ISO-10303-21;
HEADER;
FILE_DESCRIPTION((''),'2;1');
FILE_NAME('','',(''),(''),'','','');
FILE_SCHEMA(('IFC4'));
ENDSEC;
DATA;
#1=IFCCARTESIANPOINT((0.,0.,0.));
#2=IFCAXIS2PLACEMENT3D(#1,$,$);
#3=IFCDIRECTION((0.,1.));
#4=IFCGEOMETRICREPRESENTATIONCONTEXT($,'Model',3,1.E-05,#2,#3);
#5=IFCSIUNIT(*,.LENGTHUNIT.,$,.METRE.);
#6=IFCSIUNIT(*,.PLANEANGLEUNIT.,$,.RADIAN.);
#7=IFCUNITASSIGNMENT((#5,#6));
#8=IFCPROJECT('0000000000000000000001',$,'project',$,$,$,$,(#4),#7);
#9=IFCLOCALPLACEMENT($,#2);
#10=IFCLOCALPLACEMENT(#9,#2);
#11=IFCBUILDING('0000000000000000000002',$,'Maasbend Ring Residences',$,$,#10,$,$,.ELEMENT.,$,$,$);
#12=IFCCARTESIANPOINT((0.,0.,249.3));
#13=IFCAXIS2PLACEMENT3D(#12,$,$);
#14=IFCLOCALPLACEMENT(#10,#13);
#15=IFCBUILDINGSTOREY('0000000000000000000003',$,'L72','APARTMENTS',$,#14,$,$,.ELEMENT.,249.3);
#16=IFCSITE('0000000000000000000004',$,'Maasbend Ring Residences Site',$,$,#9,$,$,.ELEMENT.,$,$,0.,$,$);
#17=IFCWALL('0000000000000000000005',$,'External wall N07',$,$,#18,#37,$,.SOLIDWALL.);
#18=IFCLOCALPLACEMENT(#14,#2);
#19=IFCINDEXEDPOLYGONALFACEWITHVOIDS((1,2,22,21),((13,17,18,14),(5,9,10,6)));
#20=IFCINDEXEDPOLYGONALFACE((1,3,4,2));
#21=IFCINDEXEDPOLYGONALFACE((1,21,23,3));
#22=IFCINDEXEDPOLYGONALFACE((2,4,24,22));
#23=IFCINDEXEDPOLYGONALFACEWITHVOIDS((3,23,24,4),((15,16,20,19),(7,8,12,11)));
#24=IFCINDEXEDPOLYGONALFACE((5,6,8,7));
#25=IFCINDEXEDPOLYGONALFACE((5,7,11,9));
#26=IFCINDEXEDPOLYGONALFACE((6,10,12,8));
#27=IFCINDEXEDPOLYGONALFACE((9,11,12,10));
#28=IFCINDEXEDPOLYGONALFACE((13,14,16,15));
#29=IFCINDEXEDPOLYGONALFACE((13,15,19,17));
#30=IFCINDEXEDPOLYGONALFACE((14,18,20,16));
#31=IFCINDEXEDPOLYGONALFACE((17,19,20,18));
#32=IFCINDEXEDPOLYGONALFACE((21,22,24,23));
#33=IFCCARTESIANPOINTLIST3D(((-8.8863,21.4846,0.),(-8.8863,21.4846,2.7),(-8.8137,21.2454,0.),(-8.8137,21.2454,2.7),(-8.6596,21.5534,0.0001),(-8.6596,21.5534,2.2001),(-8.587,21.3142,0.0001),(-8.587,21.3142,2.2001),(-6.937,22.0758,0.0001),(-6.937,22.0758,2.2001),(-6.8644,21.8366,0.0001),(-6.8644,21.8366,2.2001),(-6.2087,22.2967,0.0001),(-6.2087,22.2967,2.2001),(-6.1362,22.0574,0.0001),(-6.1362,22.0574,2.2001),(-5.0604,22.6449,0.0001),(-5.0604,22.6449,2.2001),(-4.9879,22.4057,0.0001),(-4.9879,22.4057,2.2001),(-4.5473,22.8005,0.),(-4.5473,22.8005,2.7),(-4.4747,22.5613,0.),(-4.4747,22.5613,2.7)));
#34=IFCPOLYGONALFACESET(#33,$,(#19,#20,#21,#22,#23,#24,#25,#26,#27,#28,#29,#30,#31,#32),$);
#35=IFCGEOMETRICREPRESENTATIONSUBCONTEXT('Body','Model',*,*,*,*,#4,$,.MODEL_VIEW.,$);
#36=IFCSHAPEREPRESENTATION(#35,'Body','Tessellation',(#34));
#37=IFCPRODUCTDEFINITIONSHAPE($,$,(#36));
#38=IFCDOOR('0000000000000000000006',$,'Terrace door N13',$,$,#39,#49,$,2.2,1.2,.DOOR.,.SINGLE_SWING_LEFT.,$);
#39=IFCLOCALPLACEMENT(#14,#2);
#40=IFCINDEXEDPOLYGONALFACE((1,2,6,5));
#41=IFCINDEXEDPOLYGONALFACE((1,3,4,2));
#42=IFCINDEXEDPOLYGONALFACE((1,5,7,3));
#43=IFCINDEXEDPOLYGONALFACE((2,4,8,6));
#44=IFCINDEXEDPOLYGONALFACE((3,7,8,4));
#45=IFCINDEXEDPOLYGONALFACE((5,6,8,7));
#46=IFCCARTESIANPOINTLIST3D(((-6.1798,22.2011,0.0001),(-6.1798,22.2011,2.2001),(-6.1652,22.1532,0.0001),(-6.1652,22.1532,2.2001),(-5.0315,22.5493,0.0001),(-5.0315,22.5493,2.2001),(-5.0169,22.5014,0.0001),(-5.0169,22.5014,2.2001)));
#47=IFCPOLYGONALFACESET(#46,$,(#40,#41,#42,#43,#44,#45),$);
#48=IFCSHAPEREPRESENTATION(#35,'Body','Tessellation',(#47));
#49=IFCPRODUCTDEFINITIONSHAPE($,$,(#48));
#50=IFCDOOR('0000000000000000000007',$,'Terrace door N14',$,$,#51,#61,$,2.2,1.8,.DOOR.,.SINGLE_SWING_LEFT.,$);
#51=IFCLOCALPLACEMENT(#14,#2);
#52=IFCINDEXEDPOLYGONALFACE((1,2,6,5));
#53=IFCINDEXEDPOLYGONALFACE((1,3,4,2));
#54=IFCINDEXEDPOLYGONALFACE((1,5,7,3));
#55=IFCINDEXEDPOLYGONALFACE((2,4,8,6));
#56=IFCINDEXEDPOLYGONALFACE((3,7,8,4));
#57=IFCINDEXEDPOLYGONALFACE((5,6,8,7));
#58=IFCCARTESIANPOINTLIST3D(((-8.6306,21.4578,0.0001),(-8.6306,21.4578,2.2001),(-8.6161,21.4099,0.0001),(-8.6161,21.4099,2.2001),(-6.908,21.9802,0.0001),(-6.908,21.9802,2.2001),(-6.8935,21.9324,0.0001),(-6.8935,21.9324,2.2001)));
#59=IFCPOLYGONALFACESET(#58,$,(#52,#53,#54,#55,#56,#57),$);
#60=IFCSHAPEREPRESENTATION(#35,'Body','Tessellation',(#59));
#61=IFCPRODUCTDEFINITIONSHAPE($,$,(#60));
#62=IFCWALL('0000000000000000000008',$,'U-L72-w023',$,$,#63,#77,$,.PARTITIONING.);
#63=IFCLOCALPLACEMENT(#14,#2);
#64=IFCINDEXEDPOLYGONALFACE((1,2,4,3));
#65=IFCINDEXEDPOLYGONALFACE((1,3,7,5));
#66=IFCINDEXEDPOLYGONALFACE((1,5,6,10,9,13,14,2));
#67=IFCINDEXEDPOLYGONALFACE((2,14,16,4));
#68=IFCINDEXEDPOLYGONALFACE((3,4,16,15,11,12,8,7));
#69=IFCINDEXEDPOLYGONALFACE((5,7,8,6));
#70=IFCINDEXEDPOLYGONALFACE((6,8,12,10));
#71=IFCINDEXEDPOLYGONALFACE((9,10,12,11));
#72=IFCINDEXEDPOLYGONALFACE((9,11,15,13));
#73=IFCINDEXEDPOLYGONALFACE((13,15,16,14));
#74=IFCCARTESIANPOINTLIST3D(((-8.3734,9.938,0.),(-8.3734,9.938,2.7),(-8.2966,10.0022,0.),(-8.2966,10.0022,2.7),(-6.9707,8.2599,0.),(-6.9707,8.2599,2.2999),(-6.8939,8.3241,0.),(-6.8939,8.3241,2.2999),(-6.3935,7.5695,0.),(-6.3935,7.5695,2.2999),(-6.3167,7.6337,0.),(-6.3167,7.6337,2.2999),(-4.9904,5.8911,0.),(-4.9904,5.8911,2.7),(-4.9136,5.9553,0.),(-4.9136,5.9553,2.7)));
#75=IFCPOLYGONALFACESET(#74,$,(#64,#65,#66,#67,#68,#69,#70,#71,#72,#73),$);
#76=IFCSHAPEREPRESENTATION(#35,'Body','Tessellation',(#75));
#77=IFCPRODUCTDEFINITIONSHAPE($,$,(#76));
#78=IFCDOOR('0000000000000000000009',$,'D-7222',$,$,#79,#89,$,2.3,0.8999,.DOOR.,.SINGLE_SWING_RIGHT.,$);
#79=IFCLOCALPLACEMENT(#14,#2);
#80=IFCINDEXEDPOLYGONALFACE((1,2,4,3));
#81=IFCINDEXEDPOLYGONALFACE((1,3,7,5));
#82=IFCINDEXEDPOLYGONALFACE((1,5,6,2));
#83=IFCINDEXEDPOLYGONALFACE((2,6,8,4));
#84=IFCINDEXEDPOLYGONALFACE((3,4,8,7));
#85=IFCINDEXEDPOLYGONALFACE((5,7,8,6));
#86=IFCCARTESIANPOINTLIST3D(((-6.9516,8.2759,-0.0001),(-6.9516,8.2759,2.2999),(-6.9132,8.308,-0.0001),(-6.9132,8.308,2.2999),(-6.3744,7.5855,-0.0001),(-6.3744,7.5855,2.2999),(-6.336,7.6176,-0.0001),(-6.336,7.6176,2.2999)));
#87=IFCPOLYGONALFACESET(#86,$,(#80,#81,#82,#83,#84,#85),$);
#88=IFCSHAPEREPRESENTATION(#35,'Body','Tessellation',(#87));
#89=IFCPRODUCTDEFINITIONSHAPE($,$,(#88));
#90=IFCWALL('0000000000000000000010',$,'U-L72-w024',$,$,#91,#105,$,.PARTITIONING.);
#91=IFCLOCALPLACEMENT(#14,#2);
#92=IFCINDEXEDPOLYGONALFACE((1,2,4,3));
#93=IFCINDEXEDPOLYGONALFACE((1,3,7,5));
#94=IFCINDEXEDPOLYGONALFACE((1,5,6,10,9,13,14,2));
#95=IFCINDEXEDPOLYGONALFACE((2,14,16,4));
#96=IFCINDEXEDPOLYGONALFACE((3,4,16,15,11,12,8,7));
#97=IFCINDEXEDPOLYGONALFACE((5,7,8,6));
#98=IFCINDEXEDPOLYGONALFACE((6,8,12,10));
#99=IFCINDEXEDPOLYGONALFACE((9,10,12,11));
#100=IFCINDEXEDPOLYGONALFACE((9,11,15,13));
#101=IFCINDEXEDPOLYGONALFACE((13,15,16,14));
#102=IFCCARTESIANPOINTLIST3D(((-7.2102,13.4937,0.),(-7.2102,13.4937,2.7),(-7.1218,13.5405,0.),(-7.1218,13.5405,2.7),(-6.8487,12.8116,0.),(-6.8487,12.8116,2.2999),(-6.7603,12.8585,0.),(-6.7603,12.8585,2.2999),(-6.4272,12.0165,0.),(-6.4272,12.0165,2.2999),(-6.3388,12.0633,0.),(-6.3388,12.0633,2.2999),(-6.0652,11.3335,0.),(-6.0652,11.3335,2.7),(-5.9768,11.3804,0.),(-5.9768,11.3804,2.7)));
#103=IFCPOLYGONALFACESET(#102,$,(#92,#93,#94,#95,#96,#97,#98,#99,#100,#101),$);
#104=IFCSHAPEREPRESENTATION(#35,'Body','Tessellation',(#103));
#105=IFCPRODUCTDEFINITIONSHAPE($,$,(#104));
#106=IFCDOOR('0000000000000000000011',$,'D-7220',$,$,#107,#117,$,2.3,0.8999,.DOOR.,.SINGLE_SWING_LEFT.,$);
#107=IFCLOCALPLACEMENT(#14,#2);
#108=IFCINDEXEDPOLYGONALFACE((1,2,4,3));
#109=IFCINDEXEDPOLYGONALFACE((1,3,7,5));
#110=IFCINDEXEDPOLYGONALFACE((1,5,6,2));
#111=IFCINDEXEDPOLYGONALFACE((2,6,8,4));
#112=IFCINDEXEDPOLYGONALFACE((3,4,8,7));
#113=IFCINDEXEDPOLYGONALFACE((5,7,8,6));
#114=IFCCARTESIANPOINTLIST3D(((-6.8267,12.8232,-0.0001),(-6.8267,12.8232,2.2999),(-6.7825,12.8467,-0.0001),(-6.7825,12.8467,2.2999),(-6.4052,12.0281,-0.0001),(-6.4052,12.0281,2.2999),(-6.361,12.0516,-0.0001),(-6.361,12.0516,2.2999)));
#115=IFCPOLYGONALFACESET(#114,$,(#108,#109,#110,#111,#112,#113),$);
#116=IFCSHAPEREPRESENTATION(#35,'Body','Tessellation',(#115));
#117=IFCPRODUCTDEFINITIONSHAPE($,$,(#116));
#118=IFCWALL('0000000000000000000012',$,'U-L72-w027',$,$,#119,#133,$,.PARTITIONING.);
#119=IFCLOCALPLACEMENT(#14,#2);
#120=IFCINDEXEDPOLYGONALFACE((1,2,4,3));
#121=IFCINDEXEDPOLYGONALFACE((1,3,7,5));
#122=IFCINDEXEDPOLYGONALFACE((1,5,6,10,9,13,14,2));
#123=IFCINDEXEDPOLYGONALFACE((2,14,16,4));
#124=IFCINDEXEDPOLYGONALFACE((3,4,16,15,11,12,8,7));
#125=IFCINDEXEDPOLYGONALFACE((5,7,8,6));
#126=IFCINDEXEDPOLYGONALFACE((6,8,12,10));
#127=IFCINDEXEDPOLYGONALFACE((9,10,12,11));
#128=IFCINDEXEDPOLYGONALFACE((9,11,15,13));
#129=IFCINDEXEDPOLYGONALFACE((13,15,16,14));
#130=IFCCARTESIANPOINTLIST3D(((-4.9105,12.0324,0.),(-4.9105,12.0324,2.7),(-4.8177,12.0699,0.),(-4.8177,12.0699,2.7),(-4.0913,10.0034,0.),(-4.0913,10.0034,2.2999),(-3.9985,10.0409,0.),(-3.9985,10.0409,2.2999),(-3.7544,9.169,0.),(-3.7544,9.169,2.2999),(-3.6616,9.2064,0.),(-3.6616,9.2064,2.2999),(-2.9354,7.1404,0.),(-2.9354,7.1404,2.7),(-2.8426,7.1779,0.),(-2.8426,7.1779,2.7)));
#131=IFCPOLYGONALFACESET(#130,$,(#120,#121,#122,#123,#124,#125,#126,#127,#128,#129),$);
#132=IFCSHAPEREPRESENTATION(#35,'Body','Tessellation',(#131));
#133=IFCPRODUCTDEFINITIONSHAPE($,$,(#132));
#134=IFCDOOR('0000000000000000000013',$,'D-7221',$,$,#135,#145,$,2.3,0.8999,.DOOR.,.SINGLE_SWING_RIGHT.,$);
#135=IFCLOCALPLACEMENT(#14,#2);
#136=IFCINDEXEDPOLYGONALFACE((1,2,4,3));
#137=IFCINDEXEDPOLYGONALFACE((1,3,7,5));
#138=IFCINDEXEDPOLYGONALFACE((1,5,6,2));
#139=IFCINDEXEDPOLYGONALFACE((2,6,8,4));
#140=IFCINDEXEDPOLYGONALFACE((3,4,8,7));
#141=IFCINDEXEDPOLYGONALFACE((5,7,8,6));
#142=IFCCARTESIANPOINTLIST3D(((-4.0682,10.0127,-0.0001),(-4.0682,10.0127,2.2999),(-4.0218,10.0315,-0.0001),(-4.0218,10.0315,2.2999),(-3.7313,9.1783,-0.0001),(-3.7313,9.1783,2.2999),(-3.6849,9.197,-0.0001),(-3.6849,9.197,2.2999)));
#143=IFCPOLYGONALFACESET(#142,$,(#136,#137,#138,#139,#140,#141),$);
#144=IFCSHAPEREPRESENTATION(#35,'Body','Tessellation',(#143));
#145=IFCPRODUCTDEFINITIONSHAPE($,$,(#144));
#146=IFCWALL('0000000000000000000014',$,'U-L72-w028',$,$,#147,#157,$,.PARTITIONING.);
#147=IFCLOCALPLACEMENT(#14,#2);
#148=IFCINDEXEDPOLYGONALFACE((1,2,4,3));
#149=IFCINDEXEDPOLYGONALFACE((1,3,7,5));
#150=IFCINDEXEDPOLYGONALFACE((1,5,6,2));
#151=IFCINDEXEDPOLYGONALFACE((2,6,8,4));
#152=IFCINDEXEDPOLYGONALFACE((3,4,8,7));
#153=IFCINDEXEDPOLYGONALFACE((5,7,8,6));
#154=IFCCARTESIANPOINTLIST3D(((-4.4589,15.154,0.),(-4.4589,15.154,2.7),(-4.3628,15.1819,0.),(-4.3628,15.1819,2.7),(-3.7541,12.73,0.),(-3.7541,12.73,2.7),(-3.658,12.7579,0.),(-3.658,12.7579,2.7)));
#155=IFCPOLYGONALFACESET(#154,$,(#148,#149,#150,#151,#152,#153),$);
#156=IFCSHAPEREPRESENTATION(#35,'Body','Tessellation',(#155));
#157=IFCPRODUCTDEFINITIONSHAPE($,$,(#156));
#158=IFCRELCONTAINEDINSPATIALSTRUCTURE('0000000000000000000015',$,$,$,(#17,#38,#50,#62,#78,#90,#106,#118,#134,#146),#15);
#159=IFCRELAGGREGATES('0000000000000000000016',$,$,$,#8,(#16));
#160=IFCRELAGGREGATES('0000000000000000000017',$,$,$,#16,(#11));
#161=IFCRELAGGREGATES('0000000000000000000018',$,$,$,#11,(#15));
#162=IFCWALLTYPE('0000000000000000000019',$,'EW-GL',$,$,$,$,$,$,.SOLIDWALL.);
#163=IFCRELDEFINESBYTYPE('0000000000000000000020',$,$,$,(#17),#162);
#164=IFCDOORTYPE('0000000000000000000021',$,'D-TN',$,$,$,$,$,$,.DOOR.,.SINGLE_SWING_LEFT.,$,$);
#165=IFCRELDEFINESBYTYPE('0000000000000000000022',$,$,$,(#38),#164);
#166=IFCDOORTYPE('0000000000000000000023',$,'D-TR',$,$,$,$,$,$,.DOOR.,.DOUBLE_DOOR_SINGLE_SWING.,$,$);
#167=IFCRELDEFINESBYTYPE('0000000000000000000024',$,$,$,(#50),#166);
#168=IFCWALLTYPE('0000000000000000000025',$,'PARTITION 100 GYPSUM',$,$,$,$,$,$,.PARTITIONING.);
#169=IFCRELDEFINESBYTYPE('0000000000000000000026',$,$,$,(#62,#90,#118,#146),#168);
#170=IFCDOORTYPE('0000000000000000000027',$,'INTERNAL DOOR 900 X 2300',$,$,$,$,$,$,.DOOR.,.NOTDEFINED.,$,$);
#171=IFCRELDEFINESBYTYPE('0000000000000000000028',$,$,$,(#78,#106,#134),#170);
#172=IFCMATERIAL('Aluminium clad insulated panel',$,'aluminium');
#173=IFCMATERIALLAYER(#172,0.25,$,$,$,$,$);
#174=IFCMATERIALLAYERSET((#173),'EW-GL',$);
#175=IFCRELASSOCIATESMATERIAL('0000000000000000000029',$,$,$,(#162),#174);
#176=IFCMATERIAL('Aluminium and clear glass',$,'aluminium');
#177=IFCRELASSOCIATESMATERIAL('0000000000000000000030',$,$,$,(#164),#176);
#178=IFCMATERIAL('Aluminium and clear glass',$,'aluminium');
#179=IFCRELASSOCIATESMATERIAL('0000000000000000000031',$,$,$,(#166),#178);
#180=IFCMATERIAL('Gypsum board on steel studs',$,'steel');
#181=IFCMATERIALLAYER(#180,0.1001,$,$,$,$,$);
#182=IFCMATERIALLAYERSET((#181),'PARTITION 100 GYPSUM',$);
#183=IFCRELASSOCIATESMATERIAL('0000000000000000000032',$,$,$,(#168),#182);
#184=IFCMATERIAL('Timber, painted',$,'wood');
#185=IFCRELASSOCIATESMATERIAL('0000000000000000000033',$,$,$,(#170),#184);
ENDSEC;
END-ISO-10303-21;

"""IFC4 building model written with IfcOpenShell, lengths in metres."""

from ifc_helpers import new_model, si_unit, direction, frame, frame_2d, origin, place, context, subcontext, project, spatial, rectangle, extrude, material, layer, layer_set, type_object, element, fill, save


model = new_model("IFC4")

# Units and contexts
model_context = context("Model", 3, precision=1e-05, world=origin(), true_north=direction((0.0, 1.0)))
body_context = subcontext(model_context, "Body", "Model", "MODEL_VIEW")
ifc_project = project(units=[si_unit("LENGTHUNIT", "METRE"), si_unit("PLANEANGLEUNIT", "RADIAN")], contexts=[model_context])

# Site, building, storey
site_placement = place(None, origin())
site = spatial("IfcSite", under=ifc_project, at=site_placement, Name="Maasbend Ring Residences Site", CompositionType="ELEMENT", RefElevation=0.0)
building_placement = place(site_placement, origin())
building = spatial("IfcBuilding", under=site, at=building_placement, Name="Maasbend Ring Residences", CompositionType="ELEMENT")
storey_placement = place(building_placement, frame((0.0, 0.0, 249.3)))
storey = spatial("IfcBuildingStorey", under=building, at=storey_placement, Name="L72", Description="APARTMENTS", CompositionType="ELEMENT", Elevation=249.3)

# Wall, openings, doors
ifc_material_1 = material(Name="Aluminium clad insulated panel", Category="aluminium")
ifc_layer_1 = layer(ifc_material_1, 0.25)
ifc_layer_set_1 = layer_set([ifc_layer_1], Name="EW-GL")
wall_type_1 = type_object("IfcWallType", Name="EW-GL", PredefinedType="SOLIDWALL", material=ifc_layer_set_1)
wall_1_placement = place(storey_placement, frame((-4.511, 22.6809, 0.0), z_axis=(0.0, 0.0, 1.0), x_axis=(-0.956961, -0.290217, 0.0)))
wall_1 = element("IfcWall", 1, at=wall_1_placement, inside=storey, type_object=wall_type_1, Name="External wall N07", PredefinedType="SOLIDWALL", context=body_context, shape_type="SweptSolid", body=[
    extrude(rectangle(XDim=4.5342, YDim=0.25, at=frame_2d((2.2671, 0.0))), origin(), (0.0, 0.0, 1.0), 2.7),
])
opening_1_placement = place(wall_1_placement, frame((0.5361, 0.0, 0.0)))
opening_1 = element("IfcOpeningElement", 2, at=opening_1_placement, cuts=wall_1, PredefinedType="OPENING", context=body_context, shape_type="SweptSolid", body=[
    extrude(rectangle(XDim=1.2, YDim=2.2, at=frame_2d((0.6001, 1.1001))), frame((0.0, 0.135, 0.0), z_axis=(0.0, -1.0, 0.0), x_axis=(1.0, 0.0, 0.0)), (0.0, 0.0, 1.0), 0.27),
])
opening_2_placement = place(wall_1_placement, frame((2.4973, 0.0, 0.0)))
opening_2 = element("IfcOpeningElement", 3, at=opening_2_placement, cuts=wall_1, PredefinedType="OPENING", context=body_context, shape_type="SweptSolid", body=[
    extrude(rectangle(XDim=1.8, YDim=2.2, at=frame_2d((0.8999, 1.1001))), frame((0.0, 0.135, 0.0), z_axis=(0.0, -1.0, 0.0), x_axis=(1.0, 0.0, 0.0)), (0.0, 0.0, 1.0), 0.27),
])
ifc_material_2 = material(Name="Aluminium and clear glass", Category="aluminium")
door_type_1 = type_object("IfcDoorType", Name="D-TN", OperationType="SINGLE_SWING_LEFT", PredefinedType="DOOR", material=ifc_material_2)
door_1_placement = place(opening_1_placement, origin())
door_1 = element("IfcDoor", 4, at=door_1_placement, inside=storey, type_object=door_type_1, Name="Terrace door N13", OperationType="SINGLE_SWING_LEFT", OverallHeight=2.2, OverallWidth=1.2, PredefinedType="DOOR", context=body_context, shape_type="SweptSolid", body=[
    extrude(rectangle(XDim=1.2, YDim=2.2, at=frame_2d((0.6001, 1.1001))), frame((0.0, 0.0249, 0.0), z_axis=(0.0, -1.0, 0.0), x_axis=(1.0, 0.0, 0.0)), (0.0, 0.0, 1.0), 0.05),
])
fill(opening_1, door_1)
ifc_material_3 = material(Name="Aluminium and clear glass", Category="aluminium")
door_type_2 = type_object("IfcDoorType", Name="D-TR", OperationType="DOUBLE_DOOR_SINGLE_SWING", PredefinedType="DOOR", material=ifc_material_3)
door_2_placement = place(opening_2_placement, origin())
door_2 = element("IfcDoor", 5, at=door_2_placement, inside=storey, type_object=door_type_2, Name="Terrace door N14", OperationType="SINGLE_SWING_LEFT", OverallHeight=2.2, OverallWidth=1.8, PredefinedType="DOOR", context=body_context, shape_type="SweptSolid", body=[
    extrude(rectangle(XDim=1.8, YDim=2.2, at=frame_2d((0.8999, 1.1001))), frame((0.0, 0.0249, 0.0), z_axis=(0.0, -1.0, 0.0), x_axis=(1.0, 0.0, 0.0)), (0.0, 0.0, 1.0), 0.05),
])
fill(opening_2, door_2)

# Walls, openings, doors
ifc_material_4 = material(Name="Gypsum board on steel studs", Category="steel")
ifc_layer_2 = layer(ifc_material_4, 0.1001)
ifc_layer_set_2 = layer_set([ifc_layer_2], Name="PARTITION 100 GYPSUM")
wall_type_2 = type_object("IfcWallType", Name="PARTITION 100 GYPSUM", PredefinedType="PARTITIONING", material=ifc_layer_set_2)
wall_2_placement = place(storey_placement, frame((-8.335, 9.97, 0.0), z_axis=(0.0, 0.0, 1.0), x_axis=(0.641376, -0.767226, 0.0)))
wall_2 = element("IfcWall", 6, at=wall_2_placement, inside=storey, type_object=wall_type_2, Name="U-L72-w023", PredefinedType="PARTITIONING", context=body_context, shape_type="SweptSolid", body=[
    extrude(rectangle(XDim=5.2747, YDim=0.1001, at=frame_2d((2.6372, 0.0))), origin(), (0.0, 0.0, 1.0), 2.7),
])
opening_3_placement = place(wall_2_placement, frame((2.187, 0.0, 0.0)))
opening_3 = element("IfcOpeningElement", 7, at=opening_3_placement, cuts=wall_2, PredefinedType="OPENING", context=body_context, shape_type="SweptSolid", body=[
    extrude(rectangle(XDim=0.8999, YDim=2.3, at=frame_2d((0.45, 1.1499))), frame((0.0, 0.0601, 0.0), z_axis=(0.0, -1.0, 0.0), x_axis=(1.0, 0.0, 0.0)), (0.0, 0.0, 1.0), 0.1201),
])
ifc_material_5 = material(Name="Timber, painted", Category="wood")
door_type_3 = type_object("IfcDoorType", Name="INTERNAL DOOR 900 X 2300", OperationType="NOTDEFINED", PredefinedType="DOOR", material=ifc_material_5)
door_3_placement = place(opening_3_placement, origin())
door_3 = element("IfcDoor", 8, at=door_3_placement, inside=storey, type_object=door_type_3, Name="D-7222", OperationType="SINGLE_SWING_RIGHT", OverallHeight=2.3, OverallWidth=0.8999, PredefinedType="DOOR", context=body_context, shape_type="SweptSolid", body=[
    extrude(rectangle(XDim=0.8999, YDim=2.3, at=frame_2d((0.45, 1.1499))), frame((0.0, 0.0249, 0.0), z_axis=(0.0, -1.0, 0.0), x_axis=(1.0, 0.0, 0.0)), (0.0, 0.0, 1.0), 0.05),
])
fill(opening_3, door_3)
wall_3_placement = place(storey_placement, frame((-7.166, 13.5171, 0.0), z_axis=(0.0, 0.0, 1.0), x_axis=(0.468337, -0.88355, 0.0)))
wall_3 = element("IfcWall", 9, at=wall_3_placement, inside=storey, type_object=wall_type_2, Name="U-L72-w024", PredefinedType="PARTITIONING", context=body_context, shape_type="SweptSolid", body=[
    extrude(rectangle(XDim=2.4448, YDim=0.1001, at=frame_2d((1.2224, 0.0))), origin(), (0.0, 0.0, 1.0), 2.7),
])
opening_4_placement = place(wall_3_placement, frame((0.772, 0.0, 0.0)))
opening_4 = element("IfcOpeningElement", 10, at=opening_4_placement, cuts=wall_3, PredefinedType="OPENING", context=body_context, shape_type="SweptSolid", body=[
    extrude(rectangle(XDim=0.8999, YDim=2.3, at=frame_2d((0.45, 1.1499))), frame((0.0, 0.0601, 0.0), z_axis=(0.0, -1.0, 0.0), x_axis=(1.0, 0.0, 0.0)), (0.0, 0.0, 1.0), 0.1201),
])
door_4_placement = place(opening_4_placement, origin())
door_4 = element("IfcDoor", 11, at=door_4_placement, inside=storey, type_object=door_type_3, Name="D-7220", OperationType="SINGLE_SWING_LEFT", OverallHeight=2.3, OverallWidth=0.8999, PredefinedType="DOOR", context=body_context, shape_type="SweptSolid", body=[
    extrude(rectangle(XDim=0.8999, YDim=2.3, at=frame_2d((0.45, 1.1499))), frame((0.0, 0.0249, 0.0), z_axis=(0.0, -1.0, 0.0), x_axis=(1.0, 0.0, 0.0)), (0.0, 0.0, 1.0), 0.05),
])
fill(opening_4, door_4)
wall_4_placement = place(storey_placement, frame((-4.864, 12.051, 0.0), z_axis=(0.0, 0.0, 1.0), x_axis=(0.374373, -0.927278, 0.0)))
wall_4 = element("IfcWall", 12, at=wall_4_placement, inside=storey, type_object=wall_type_2, Name="U-L72-w027", PredefinedType="PARTITIONING", context=body_context, shape_type="SweptSolid", body=[
    extrude(rectangle(XDim=5.2756, YDim=0.1001, at=frame_2d((2.6377, 0.0))), origin(), (0.0, 0.0, 1.0), 2.7),
])
opening_5_placement = place(wall_4_placement, frame((2.188, 0.0, 0.0)))
opening_5 = element("IfcOpeningElement", 13, at=opening_5_placement, cuts=wall_4, PredefinedType="OPENING", context=body_context, shape_type="SweptSolid", body=[
    extrude(rectangle(XDim=0.8999, YDim=2.3, at=frame_2d((0.45, 1.1499))), frame((0.0, 0.0601, 0.0), z_axis=(0.0, -1.0, 0.0), x_axis=(1.0, 0.0, 0.0)), (0.0, 0.0, 1.0), 0.1201),
])
door_5_placement = place(opening_5_placement, origin())
door_5 = element("IfcDoor", 14, at=door_5_placement, inside=storey, type_object=door_type_3, Name="D-7221", OperationType="SINGLE_SWING_RIGHT", OverallHeight=2.3, OverallWidth=0.8999, PredefinedType="DOOR", context=body_context, shape_type="SweptSolid", body=[
    extrude(rectangle(XDim=0.8999, YDim=2.3, at=frame_2d((0.45, 1.1499))), frame((0.0, 0.0249, 0.0), z_axis=(0.0, -1.0, 0.0), x_axis=(1.0, 0.0, 0.0)), (0.0, 0.0, 1.0), 0.05),
])
fill(opening_5, door_5)

# Wall
wall_5_placement = place(storey_placement, frame((-4.4109, 15.168, 0.0), z_axis=(0.0, 0.0, 1.0), x_axis=(0.279201, -0.960233, 0.0)))
element("IfcWall", 15, at=wall_5_placement, inside=storey, type_object=wall_type_2, Name="U-L72-w028", PredefinedType="PARTITIONING", context=body_context, shape_type="SweptSolid", body=[
    extrude(rectangle(XDim=2.5244, YDim=0.1001, at=frame_2d((1.2622, 0.0))), origin(), (0.0, 0.0, 1.0), 2.7),
])

save(model, "model.ifc")
